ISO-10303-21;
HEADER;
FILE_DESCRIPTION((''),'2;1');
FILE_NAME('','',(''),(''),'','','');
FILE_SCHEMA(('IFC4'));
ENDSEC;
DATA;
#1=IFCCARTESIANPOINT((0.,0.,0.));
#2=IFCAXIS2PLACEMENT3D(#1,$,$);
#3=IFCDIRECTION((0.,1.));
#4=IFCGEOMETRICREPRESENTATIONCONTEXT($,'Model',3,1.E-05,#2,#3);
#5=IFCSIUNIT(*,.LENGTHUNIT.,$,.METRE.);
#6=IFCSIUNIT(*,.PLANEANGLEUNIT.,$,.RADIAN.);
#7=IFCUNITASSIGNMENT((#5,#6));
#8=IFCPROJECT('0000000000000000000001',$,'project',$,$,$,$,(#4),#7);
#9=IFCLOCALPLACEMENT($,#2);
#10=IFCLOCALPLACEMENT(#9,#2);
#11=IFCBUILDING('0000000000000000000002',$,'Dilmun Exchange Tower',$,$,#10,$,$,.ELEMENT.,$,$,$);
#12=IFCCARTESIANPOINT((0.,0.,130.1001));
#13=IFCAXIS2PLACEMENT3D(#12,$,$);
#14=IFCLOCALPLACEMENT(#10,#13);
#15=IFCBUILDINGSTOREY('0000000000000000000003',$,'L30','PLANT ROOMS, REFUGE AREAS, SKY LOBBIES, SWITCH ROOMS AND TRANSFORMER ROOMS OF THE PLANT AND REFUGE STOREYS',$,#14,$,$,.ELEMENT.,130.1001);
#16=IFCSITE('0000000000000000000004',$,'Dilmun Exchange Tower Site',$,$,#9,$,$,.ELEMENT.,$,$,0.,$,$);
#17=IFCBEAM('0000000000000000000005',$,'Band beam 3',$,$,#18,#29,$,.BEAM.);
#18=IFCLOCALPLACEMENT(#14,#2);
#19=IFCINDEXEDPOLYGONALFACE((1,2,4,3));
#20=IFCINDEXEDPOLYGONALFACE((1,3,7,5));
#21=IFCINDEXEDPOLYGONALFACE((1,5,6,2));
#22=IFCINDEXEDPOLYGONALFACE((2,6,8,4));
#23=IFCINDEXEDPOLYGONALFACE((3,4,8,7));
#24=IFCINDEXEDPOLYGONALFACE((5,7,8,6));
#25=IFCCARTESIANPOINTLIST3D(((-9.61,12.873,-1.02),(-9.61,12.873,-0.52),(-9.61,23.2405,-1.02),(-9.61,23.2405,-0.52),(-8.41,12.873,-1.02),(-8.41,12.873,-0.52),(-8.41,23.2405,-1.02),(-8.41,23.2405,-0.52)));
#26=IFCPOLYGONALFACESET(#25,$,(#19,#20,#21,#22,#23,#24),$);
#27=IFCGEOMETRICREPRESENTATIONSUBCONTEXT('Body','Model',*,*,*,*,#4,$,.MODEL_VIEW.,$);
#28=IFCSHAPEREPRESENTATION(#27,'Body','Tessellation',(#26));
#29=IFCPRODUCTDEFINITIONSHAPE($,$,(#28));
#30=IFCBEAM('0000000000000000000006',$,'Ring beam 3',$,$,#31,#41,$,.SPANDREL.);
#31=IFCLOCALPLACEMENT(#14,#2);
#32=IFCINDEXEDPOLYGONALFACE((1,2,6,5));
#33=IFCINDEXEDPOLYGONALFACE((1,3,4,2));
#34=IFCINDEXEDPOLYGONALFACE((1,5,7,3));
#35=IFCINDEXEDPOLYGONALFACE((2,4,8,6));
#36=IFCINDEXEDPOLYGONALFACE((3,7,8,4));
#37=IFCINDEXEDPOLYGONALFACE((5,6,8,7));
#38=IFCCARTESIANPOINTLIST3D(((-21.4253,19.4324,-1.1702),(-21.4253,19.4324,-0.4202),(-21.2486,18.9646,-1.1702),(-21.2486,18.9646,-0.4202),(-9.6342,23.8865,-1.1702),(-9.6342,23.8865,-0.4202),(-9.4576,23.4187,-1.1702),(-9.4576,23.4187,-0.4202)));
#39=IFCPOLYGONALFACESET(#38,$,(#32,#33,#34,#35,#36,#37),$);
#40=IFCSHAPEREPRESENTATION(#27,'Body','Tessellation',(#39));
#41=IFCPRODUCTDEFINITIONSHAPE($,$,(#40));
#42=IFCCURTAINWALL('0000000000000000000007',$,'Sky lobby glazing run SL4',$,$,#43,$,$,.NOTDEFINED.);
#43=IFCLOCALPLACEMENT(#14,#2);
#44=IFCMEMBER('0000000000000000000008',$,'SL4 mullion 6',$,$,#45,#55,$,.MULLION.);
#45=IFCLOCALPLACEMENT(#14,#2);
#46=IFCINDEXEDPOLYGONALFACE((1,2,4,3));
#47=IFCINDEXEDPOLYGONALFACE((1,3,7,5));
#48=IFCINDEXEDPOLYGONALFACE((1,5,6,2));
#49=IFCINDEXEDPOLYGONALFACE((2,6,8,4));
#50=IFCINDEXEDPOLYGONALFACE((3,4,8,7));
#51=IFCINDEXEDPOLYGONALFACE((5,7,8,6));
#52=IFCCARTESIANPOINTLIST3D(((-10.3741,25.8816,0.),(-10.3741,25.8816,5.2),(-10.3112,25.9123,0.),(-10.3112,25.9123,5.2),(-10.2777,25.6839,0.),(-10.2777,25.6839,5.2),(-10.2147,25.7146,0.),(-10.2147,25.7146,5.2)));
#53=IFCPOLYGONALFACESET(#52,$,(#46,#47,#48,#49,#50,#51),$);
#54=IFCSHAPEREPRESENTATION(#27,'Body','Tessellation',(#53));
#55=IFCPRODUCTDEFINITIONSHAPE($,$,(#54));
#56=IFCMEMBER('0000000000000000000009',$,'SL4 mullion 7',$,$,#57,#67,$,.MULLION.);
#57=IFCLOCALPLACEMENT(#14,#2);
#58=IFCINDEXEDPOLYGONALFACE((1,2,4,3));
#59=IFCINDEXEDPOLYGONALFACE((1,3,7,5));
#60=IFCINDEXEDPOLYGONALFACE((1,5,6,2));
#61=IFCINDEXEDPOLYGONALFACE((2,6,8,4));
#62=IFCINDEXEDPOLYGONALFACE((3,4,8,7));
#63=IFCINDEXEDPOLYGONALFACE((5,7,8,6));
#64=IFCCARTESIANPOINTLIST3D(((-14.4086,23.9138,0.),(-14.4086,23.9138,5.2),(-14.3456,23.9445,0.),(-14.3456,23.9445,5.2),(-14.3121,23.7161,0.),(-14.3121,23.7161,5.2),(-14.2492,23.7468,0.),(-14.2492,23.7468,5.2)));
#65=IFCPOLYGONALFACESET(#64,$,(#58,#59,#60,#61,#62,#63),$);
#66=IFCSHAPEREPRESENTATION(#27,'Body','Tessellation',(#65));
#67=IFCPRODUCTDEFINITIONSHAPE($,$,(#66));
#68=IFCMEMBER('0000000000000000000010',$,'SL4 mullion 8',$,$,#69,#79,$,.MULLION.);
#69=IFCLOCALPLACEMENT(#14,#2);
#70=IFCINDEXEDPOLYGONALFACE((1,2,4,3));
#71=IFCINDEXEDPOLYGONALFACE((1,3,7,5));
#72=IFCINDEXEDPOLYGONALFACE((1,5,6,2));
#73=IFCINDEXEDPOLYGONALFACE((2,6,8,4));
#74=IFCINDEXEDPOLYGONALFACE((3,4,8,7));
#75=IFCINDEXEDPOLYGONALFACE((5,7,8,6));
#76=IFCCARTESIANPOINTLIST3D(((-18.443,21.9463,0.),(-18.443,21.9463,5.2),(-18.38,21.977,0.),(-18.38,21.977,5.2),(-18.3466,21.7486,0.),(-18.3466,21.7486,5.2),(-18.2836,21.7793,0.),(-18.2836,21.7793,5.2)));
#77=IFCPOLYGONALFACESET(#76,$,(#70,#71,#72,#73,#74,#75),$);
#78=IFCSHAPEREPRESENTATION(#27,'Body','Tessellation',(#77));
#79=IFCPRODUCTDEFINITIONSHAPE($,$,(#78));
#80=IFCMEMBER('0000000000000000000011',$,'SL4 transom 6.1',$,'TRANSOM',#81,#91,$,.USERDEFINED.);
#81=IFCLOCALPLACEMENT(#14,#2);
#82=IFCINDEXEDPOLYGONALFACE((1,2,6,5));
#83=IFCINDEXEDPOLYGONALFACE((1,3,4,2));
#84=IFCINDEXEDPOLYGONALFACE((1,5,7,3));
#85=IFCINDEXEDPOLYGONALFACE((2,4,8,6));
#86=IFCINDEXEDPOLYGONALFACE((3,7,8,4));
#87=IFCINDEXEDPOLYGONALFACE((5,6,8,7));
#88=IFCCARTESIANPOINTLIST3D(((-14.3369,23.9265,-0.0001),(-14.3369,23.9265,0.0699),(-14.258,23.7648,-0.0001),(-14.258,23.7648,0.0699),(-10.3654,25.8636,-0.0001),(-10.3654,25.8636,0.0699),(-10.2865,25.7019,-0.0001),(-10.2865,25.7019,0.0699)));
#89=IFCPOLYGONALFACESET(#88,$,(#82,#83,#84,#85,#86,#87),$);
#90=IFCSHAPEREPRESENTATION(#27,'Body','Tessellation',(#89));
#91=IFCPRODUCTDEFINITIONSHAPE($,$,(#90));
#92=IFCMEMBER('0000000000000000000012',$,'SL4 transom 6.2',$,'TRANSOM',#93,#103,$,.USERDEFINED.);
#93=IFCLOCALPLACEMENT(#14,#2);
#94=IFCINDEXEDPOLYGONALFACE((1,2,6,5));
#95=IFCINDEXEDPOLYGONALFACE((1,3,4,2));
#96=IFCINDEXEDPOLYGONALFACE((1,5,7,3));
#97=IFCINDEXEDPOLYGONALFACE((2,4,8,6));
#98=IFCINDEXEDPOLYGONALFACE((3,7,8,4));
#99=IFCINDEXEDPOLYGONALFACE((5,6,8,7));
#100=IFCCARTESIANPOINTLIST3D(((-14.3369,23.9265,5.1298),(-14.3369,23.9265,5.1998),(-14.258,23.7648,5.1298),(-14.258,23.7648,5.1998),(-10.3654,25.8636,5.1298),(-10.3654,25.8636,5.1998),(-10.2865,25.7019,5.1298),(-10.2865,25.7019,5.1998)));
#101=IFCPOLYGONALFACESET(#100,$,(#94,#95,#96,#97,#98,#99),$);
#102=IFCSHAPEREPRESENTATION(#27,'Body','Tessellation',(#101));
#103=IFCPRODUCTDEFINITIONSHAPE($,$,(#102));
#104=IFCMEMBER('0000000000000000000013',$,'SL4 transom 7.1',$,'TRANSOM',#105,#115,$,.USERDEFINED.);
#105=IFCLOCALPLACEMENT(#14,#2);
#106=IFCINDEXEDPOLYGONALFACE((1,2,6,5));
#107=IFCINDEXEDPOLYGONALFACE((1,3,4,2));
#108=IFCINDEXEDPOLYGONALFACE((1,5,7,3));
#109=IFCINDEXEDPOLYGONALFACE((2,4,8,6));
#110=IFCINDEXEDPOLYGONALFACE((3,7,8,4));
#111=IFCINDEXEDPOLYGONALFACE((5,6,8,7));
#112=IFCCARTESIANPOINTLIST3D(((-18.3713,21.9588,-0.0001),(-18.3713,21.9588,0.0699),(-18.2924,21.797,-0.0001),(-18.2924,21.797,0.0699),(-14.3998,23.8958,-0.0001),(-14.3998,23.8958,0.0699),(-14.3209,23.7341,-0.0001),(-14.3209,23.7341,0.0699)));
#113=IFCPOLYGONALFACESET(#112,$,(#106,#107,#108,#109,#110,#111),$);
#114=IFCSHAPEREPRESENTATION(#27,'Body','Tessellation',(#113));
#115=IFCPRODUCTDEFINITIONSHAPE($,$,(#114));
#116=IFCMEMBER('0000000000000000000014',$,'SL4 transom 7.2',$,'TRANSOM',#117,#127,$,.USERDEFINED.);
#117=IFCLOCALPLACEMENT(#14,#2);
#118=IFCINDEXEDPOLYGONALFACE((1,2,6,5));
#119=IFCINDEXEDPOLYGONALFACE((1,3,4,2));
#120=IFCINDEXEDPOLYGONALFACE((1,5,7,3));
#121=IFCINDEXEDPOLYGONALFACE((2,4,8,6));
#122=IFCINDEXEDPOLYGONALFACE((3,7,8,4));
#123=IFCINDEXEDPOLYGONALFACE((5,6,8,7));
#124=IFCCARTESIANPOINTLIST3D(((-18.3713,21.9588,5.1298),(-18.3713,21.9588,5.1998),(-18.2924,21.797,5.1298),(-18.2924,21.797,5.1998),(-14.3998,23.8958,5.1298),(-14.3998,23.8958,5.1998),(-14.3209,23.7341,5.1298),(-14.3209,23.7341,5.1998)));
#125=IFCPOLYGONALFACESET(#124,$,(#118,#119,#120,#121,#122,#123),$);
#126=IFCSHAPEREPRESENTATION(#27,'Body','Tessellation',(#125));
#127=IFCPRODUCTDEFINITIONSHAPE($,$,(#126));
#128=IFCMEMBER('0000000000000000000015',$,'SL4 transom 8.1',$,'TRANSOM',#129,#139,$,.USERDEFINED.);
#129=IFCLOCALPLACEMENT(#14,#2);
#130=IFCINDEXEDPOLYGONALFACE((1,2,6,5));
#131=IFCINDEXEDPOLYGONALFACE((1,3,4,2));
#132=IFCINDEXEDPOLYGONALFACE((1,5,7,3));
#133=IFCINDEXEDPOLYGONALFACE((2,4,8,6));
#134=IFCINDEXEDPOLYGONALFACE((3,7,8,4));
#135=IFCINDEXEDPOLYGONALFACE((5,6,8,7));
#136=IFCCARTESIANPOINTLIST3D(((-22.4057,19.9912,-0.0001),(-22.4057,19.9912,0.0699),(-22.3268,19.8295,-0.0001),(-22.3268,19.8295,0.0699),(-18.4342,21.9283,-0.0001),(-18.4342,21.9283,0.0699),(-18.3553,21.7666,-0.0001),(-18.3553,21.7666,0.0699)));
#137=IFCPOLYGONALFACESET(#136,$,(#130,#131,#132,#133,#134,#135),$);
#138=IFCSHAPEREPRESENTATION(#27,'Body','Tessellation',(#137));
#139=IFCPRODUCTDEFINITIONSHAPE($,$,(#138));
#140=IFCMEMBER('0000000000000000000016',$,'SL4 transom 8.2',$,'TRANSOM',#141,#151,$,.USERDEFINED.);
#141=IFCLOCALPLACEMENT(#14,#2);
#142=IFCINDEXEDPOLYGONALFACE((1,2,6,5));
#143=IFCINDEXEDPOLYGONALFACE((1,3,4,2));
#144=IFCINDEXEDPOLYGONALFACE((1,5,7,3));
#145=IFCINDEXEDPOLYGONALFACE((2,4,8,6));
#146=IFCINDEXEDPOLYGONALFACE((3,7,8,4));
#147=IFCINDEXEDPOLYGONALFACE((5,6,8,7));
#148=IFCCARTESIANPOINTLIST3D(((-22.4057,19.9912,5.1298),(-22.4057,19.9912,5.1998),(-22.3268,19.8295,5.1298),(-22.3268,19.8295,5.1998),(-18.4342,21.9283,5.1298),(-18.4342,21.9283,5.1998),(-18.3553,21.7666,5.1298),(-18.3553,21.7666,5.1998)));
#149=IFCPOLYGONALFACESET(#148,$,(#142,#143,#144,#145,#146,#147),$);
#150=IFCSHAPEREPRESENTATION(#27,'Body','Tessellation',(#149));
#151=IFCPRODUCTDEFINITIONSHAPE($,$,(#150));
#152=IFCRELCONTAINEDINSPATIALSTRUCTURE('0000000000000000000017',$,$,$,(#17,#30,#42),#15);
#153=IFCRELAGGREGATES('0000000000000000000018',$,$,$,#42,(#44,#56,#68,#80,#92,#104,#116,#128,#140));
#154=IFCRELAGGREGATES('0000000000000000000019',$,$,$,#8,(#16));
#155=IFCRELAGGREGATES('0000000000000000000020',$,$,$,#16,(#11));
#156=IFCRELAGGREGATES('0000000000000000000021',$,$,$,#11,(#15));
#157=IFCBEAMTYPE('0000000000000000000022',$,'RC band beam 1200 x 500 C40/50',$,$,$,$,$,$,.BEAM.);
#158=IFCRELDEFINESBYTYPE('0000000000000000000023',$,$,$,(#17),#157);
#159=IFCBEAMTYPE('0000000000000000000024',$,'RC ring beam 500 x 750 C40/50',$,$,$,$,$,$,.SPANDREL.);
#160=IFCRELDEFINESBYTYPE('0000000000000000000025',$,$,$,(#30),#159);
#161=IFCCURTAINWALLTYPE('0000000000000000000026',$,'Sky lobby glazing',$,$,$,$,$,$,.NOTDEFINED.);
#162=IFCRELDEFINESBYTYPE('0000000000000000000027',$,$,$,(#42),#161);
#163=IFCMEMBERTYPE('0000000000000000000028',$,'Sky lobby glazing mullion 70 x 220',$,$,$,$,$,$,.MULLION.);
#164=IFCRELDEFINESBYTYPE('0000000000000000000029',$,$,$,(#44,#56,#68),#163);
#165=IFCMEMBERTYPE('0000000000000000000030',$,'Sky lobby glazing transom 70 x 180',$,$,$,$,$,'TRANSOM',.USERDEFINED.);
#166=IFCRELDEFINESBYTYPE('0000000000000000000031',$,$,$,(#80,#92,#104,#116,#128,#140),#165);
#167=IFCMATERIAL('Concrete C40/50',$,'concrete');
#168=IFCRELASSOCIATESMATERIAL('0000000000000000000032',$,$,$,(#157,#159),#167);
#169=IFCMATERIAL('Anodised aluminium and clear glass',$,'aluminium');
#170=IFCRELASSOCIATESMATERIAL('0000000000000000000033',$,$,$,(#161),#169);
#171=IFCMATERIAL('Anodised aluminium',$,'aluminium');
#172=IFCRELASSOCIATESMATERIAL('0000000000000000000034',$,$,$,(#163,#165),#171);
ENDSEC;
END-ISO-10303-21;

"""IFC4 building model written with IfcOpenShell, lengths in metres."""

from ifc_helpers import new_model, si_unit, direction, frame, origin, origin_2d, place, context, subcontext, project, spatial, rectangle, extrude, material, material_profile, profile_set, type_object, element, aggregate, save


model = new_model("IFC4")

# Units and contexts
model_context = context("Model", 3, precision=1e-05, world=origin(), true_north=direction((0.0, 1.0)))
body_context = subcontext(model_context, "Body", "Model", "MODEL_VIEW")
ifc_project = project(units=[si_unit("LENGTHUNIT", "METRE"), si_unit("PLANEANGLEUNIT", "RADIAN")], contexts=[model_context])

# Site, building, storey
site_placement = place(None, origin())
site = spatial("IfcSite", under=ifc_project, at=site_placement, Name="Dilmun Exchange Tower Site", CompositionType="ELEMENT", RefElevation=0.0)
building_placement = place(site_placement, origin())
building = spatial("IfcBuilding", under=site, at=building_placement, Name="Dilmun Exchange Tower", CompositionType="ELEMENT")
storey_placement = place(building_placement, frame((0.0, 0.0, 130.1001)))
storey = spatial("IfcBuildingStorey", under=building, at=storey_placement, Name="L30", Description="PLANT ROOMS, REFUGE AREAS, SKY LOBBIES, SWITCH ROOMS AND TRANSFORMER ROOMS OF THE PLANT AND REFUGE STOREYS", CompositionType="ELEMENT", Elevation=130.1001)

# Beams
ifc_material_1 = material(Name="Concrete C40/50", Category="concrete")
ifc_material_profile_1 = material_profile(ifc_material_1, rectangle(XDim=1.2, YDim=0.5, at=origin_2d()), Name="1200 x 500")
ifc_profile_set_1 = profile_set([ifc_material_profile_1], Name="Concrete C40/50")
beam_type_1 = type_object("IfcBeamType", Name="RC band beam 1200 x 500 C40/50", PredefinedType="BEAM", material=ifc_profile_set_1)
beam_1_placement = place(storey_placement, frame((-9.01, 23.2405, -0.77), z_axis=(0.0, -1.0, 0.0), x_axis=(1.0, 0.0, 0.0)))
element("IfcBeam", 1, at=beam_1_placement, inside=storey, type_object=beam_type_1, Name="Band beam 3", PredefinedType="BEAM", context=body_context, shape_type="SweptSolid", body=[
    extrude(rectangle(XDim=1.2, YDim=0.5, at=origin_2d()), origin(), (0.0, 0.0, 1.0), 10.3674),
])
ifc_material_profile_2 = material_profile(ifc_material_1, rectangle(XDim=0.5, YDim=0.75, at=origin_2d()), Name="500 x 750")
ifc_profile_set_2 = profile_set([ifc_material_profile_2], Name="Concrete C40/50")
beam_type_2 = type_object("IfcBeamType", Name="RC ring beam 500 x 750 C40/50", PredefinedType="SPANDREL", material=ifc_profile_set_2)
beam_2_placement = place(storey_placement, frame((-9.5459, 23.6526, -0.7952), z_axis=(-0.935479, -0.353381, 0.0), x_axis=(0.353381, -0.935479, 0.0)))
element("IfcBeam", 2, at=beam_2_placement, inside=storey, type_object=beam_type_2, Name="Ring beam 3", PredefinedType="SPANDREL", context=body_context, shape_type="SweptSolid", body=[
    extrude(rectangle(XDim=0.5, YDim=0.75, at=origin_2d()), origin(), (0.0, 0.0, 1.0), 12.6042),
])

# Curtain wall, members
ifc_material_2 = material(Name="Anodised aluminium and clear glass", Category="aluminium")
curtain_wall_type = type_object("IfcCurtainWallType", Name="Sky lobby glazing", PredefinedType="NOTDEFINED", material=ifc_material_2)
curtain_wall_placement = place(storey_placement, origin())
curtain_wall = element("IfcCurtainWall", 3, at=curtain_wall_placement, inside=storey, type_object=curtain_wall_type, Name="Sky lobby glazing run SL4", PredefinedType="NOTDEFINED")
ifc_material_3 = material(Name="Anodised aluminium", Category="aluminium")
ifc_material_profile_3 = material_profile(ifc_material_3, rectangle(XDim=0.22, YDim=0.0701, at=origin_2d()), Name="AL 70x220")
ifc_profile_set_3 = profile_set([ifc_material_profile_3], Name="Anodised aluminium")
member_type_1 = type_object("IfcMemberType", Name="Sky lobby glazing mullion 70 x 220", PredefinedType="MULLION", material=ifc_profile_set_3)
member_1_placement = place(storey_placement, frame((-10.2944, 25.7981, 0.0), z_axis=(0.0, 0.0, 1.0), x_axis=(0.438371, -0.898794, 0.0)))
member_1 = element("IfcMember", 4, at=member_1_placement, type_object=member_type_1, Name="SL4 mullion 6", PredefinedType="MULLION", context=body_context, shape_type="SweptSolid", body=[
    extrude(rectangle(XDim=0.22, YDim=0.0701, at=origin_2d()), origin(), (0.0, 0.0, 1.0), 5.2),
])
member_2_placement = place(storey_placement, frame((-14.3289, 23.8303, 0.0), z_axis=(0.0, 0.0, 1.0), x_axis=(0.438371, -0.898794, 0.0)))
member_2 = element("IfcMember", 5, at=member_2_placement, type_object=member_type_1, Name="SL4 mullion 7", PredefinedType="MULLION", context=body_context, shape_type="SweptSolid", body=[
    extrude(rectangle(XDim=0.22, YDim=0.0701, at=origin_2d()), origin(), (0.0, 0.0, 1.0), 5.2),
])
member_3_placement = place(storey_placement, frame((-18.3633, 21.8628, 0.0), z_axis=(0.0, 0.0, 1.0), x_axis=(0.438371, -0.898794, 0.0)))
member_3 = element("IfcMember", 6, at=member_3_placement, type_object=member_type_1, Name="SL4 mullion 8", PredefinedType="MULLION", context=body_context, shape_type="SweptSolid", body=[
    extrude(rectangle(XDim=0.22, YDim=0.0701, at=origin_2d()), origin(), (0.0, 0.0, 1.0), 5.2),
])
ifc_material_profile_4 = material_profile(ifc_material_3, rectangle(XDim=0.1799, YDim=0.0701, at=origin_2d()), Name="AL 70x180")
ifc_profile_set_4 = profile_set([ifc_material_profile_4], Name="Anodised aluminium")
member_type_2 = type_object("IfcMemberType", Name="Sky lobby glazing transom 70 x 180", ElementType="TRANSOM", PredefinedType="USERDEFINED", material=ifc_profile_set_4)
member_4_placement = place(storey_placement, frame((-10.3259, 25.7827, 0.0349), z_axis=(-0.898793, -0.438374, 0.0), x_axis=(0.438374, -0.898793, 0.0)))
member_4 = element("IfcMember", 7, at=member_4_placement, type_object=member_type_2, Name="SL4 transom 6.1", ObjectType="TRANSOM", PredefinedType="USERDEFINED", context=body_context, shape_type="SweptSolid", body=[
    extrude(rectangle(XDim=0.1799, YDim=0.0701, at=origin_2d()), origin(), (0.0, 0.0, 1.0), 4.4187),
])
member_5_placement = place(storey_placement, frame((-10.3259, 25.7827, 5.1648), z_axis=(-0.898793, -0.438374, 0.0), x_axis=(0.438374, -0.898793, 0.0)))
member_5 = element("IfcMember", 8, at=member_5_placement, type_object=member_type_2, Name="SL4 transom 6.2", ObjectType="TRANSOM", PredefinedType="USERDEFINED", context=body_context, shape_type="SweptSolid", body=[
    extrude(rectangle(XDim=0.1799, YDim=0.0701, at=origin_2d()), origin(), (0.0, 0.0, 1.0), 4.4187),
])
member_6_placement = place(storey_placement, frame((-14.3604, 23.8149, 0.0349), z_axis=(-0.898793, -0.438374, 0.0), x_axis=(0.438374, -0.898793, 0.0)))
member_6 = element("IfcMember", 9, at=member_6_placement, type_object=member_type_2, Name="SL4 transom 7.1", ObjectType="TRANSOM", PredefinedType="USERDEFINED", context=body_context, shape_type="SweptSolid", body=[
    extrude(rectangle(XDim=0.1799, YDim=0.0701, at=origin_2d()), origin(), (0.0, 0.0, 1.0), 4.4187),
])
member_7_placement = place(storey_placement, frame((-14.3604, 23.8149, 5.1648), z_axis=(-0.898793, -0.438374, 0.0), x_axis=(0.438374, -0.898793, 0.0)))
member_7 = element("IfcMember", 10, at=member_7_placement, type_object=member_type_2, Name="SL4 transom 7.2", ObjectType="TRANSOM", PredefinedType="USERDEFINED", context=body_context, shape_type="SweptSolid", body=[
    extrude(rectangle(XDim=0.1799, YDim=0.0701, at=origin_2d()), origin(), (0.0, 0.0, 1.0), 4.4187),
])
member_8_placement = place(storey_placement, frame((-18.3948, 21.8474, 0.0349), z_axis=(-0.898793, -0.438374, 0.0), x_axis=(0.438374, -0.898793, 0.0)))
member_8 = element("IfcMember", 11, at=member_8_placement, type_object=member_type_2, Name="SL4 transom 8.1", ObjectType="TRANSOM", PredefinedType="USERDEFINED", context=body_context, shape_type="SweptSolid", body=[
    extrude(rectangle(XDim=0.1799, YDim=0.0701, at=origin_2d()), origin(), (0.0, 0.0, 1.0), 4.4187),
])
member_9_placement = place(storey_placement, frame((-18.3948, 21.8474, 5.1648), z_axis=(-0.898793, -0.438374, 0.0), x_axis=(0.438374, -0.898793, 0.0)))
member_9 = element("IfcMember", 12, at=member_9_placement, type_object=member_type_2, Name="SL4 transom 8.2", ObjectType="TRANSOM", PredefinedType="USERDEFINED", context=body_context, shape_type="SweptSolid", body=[
    extrude(rectangle(XDim=0.1799, YDim=0.0701, at=origin_2d()), origin(), (0.0, 0.0, 1.0), 4.4187),
])

aggregate(curtain_wall, [member_1, member_2, member_3, member_4, member_5, member_6, member_7, member_8, member_9])

save(model, "model.ifc")
